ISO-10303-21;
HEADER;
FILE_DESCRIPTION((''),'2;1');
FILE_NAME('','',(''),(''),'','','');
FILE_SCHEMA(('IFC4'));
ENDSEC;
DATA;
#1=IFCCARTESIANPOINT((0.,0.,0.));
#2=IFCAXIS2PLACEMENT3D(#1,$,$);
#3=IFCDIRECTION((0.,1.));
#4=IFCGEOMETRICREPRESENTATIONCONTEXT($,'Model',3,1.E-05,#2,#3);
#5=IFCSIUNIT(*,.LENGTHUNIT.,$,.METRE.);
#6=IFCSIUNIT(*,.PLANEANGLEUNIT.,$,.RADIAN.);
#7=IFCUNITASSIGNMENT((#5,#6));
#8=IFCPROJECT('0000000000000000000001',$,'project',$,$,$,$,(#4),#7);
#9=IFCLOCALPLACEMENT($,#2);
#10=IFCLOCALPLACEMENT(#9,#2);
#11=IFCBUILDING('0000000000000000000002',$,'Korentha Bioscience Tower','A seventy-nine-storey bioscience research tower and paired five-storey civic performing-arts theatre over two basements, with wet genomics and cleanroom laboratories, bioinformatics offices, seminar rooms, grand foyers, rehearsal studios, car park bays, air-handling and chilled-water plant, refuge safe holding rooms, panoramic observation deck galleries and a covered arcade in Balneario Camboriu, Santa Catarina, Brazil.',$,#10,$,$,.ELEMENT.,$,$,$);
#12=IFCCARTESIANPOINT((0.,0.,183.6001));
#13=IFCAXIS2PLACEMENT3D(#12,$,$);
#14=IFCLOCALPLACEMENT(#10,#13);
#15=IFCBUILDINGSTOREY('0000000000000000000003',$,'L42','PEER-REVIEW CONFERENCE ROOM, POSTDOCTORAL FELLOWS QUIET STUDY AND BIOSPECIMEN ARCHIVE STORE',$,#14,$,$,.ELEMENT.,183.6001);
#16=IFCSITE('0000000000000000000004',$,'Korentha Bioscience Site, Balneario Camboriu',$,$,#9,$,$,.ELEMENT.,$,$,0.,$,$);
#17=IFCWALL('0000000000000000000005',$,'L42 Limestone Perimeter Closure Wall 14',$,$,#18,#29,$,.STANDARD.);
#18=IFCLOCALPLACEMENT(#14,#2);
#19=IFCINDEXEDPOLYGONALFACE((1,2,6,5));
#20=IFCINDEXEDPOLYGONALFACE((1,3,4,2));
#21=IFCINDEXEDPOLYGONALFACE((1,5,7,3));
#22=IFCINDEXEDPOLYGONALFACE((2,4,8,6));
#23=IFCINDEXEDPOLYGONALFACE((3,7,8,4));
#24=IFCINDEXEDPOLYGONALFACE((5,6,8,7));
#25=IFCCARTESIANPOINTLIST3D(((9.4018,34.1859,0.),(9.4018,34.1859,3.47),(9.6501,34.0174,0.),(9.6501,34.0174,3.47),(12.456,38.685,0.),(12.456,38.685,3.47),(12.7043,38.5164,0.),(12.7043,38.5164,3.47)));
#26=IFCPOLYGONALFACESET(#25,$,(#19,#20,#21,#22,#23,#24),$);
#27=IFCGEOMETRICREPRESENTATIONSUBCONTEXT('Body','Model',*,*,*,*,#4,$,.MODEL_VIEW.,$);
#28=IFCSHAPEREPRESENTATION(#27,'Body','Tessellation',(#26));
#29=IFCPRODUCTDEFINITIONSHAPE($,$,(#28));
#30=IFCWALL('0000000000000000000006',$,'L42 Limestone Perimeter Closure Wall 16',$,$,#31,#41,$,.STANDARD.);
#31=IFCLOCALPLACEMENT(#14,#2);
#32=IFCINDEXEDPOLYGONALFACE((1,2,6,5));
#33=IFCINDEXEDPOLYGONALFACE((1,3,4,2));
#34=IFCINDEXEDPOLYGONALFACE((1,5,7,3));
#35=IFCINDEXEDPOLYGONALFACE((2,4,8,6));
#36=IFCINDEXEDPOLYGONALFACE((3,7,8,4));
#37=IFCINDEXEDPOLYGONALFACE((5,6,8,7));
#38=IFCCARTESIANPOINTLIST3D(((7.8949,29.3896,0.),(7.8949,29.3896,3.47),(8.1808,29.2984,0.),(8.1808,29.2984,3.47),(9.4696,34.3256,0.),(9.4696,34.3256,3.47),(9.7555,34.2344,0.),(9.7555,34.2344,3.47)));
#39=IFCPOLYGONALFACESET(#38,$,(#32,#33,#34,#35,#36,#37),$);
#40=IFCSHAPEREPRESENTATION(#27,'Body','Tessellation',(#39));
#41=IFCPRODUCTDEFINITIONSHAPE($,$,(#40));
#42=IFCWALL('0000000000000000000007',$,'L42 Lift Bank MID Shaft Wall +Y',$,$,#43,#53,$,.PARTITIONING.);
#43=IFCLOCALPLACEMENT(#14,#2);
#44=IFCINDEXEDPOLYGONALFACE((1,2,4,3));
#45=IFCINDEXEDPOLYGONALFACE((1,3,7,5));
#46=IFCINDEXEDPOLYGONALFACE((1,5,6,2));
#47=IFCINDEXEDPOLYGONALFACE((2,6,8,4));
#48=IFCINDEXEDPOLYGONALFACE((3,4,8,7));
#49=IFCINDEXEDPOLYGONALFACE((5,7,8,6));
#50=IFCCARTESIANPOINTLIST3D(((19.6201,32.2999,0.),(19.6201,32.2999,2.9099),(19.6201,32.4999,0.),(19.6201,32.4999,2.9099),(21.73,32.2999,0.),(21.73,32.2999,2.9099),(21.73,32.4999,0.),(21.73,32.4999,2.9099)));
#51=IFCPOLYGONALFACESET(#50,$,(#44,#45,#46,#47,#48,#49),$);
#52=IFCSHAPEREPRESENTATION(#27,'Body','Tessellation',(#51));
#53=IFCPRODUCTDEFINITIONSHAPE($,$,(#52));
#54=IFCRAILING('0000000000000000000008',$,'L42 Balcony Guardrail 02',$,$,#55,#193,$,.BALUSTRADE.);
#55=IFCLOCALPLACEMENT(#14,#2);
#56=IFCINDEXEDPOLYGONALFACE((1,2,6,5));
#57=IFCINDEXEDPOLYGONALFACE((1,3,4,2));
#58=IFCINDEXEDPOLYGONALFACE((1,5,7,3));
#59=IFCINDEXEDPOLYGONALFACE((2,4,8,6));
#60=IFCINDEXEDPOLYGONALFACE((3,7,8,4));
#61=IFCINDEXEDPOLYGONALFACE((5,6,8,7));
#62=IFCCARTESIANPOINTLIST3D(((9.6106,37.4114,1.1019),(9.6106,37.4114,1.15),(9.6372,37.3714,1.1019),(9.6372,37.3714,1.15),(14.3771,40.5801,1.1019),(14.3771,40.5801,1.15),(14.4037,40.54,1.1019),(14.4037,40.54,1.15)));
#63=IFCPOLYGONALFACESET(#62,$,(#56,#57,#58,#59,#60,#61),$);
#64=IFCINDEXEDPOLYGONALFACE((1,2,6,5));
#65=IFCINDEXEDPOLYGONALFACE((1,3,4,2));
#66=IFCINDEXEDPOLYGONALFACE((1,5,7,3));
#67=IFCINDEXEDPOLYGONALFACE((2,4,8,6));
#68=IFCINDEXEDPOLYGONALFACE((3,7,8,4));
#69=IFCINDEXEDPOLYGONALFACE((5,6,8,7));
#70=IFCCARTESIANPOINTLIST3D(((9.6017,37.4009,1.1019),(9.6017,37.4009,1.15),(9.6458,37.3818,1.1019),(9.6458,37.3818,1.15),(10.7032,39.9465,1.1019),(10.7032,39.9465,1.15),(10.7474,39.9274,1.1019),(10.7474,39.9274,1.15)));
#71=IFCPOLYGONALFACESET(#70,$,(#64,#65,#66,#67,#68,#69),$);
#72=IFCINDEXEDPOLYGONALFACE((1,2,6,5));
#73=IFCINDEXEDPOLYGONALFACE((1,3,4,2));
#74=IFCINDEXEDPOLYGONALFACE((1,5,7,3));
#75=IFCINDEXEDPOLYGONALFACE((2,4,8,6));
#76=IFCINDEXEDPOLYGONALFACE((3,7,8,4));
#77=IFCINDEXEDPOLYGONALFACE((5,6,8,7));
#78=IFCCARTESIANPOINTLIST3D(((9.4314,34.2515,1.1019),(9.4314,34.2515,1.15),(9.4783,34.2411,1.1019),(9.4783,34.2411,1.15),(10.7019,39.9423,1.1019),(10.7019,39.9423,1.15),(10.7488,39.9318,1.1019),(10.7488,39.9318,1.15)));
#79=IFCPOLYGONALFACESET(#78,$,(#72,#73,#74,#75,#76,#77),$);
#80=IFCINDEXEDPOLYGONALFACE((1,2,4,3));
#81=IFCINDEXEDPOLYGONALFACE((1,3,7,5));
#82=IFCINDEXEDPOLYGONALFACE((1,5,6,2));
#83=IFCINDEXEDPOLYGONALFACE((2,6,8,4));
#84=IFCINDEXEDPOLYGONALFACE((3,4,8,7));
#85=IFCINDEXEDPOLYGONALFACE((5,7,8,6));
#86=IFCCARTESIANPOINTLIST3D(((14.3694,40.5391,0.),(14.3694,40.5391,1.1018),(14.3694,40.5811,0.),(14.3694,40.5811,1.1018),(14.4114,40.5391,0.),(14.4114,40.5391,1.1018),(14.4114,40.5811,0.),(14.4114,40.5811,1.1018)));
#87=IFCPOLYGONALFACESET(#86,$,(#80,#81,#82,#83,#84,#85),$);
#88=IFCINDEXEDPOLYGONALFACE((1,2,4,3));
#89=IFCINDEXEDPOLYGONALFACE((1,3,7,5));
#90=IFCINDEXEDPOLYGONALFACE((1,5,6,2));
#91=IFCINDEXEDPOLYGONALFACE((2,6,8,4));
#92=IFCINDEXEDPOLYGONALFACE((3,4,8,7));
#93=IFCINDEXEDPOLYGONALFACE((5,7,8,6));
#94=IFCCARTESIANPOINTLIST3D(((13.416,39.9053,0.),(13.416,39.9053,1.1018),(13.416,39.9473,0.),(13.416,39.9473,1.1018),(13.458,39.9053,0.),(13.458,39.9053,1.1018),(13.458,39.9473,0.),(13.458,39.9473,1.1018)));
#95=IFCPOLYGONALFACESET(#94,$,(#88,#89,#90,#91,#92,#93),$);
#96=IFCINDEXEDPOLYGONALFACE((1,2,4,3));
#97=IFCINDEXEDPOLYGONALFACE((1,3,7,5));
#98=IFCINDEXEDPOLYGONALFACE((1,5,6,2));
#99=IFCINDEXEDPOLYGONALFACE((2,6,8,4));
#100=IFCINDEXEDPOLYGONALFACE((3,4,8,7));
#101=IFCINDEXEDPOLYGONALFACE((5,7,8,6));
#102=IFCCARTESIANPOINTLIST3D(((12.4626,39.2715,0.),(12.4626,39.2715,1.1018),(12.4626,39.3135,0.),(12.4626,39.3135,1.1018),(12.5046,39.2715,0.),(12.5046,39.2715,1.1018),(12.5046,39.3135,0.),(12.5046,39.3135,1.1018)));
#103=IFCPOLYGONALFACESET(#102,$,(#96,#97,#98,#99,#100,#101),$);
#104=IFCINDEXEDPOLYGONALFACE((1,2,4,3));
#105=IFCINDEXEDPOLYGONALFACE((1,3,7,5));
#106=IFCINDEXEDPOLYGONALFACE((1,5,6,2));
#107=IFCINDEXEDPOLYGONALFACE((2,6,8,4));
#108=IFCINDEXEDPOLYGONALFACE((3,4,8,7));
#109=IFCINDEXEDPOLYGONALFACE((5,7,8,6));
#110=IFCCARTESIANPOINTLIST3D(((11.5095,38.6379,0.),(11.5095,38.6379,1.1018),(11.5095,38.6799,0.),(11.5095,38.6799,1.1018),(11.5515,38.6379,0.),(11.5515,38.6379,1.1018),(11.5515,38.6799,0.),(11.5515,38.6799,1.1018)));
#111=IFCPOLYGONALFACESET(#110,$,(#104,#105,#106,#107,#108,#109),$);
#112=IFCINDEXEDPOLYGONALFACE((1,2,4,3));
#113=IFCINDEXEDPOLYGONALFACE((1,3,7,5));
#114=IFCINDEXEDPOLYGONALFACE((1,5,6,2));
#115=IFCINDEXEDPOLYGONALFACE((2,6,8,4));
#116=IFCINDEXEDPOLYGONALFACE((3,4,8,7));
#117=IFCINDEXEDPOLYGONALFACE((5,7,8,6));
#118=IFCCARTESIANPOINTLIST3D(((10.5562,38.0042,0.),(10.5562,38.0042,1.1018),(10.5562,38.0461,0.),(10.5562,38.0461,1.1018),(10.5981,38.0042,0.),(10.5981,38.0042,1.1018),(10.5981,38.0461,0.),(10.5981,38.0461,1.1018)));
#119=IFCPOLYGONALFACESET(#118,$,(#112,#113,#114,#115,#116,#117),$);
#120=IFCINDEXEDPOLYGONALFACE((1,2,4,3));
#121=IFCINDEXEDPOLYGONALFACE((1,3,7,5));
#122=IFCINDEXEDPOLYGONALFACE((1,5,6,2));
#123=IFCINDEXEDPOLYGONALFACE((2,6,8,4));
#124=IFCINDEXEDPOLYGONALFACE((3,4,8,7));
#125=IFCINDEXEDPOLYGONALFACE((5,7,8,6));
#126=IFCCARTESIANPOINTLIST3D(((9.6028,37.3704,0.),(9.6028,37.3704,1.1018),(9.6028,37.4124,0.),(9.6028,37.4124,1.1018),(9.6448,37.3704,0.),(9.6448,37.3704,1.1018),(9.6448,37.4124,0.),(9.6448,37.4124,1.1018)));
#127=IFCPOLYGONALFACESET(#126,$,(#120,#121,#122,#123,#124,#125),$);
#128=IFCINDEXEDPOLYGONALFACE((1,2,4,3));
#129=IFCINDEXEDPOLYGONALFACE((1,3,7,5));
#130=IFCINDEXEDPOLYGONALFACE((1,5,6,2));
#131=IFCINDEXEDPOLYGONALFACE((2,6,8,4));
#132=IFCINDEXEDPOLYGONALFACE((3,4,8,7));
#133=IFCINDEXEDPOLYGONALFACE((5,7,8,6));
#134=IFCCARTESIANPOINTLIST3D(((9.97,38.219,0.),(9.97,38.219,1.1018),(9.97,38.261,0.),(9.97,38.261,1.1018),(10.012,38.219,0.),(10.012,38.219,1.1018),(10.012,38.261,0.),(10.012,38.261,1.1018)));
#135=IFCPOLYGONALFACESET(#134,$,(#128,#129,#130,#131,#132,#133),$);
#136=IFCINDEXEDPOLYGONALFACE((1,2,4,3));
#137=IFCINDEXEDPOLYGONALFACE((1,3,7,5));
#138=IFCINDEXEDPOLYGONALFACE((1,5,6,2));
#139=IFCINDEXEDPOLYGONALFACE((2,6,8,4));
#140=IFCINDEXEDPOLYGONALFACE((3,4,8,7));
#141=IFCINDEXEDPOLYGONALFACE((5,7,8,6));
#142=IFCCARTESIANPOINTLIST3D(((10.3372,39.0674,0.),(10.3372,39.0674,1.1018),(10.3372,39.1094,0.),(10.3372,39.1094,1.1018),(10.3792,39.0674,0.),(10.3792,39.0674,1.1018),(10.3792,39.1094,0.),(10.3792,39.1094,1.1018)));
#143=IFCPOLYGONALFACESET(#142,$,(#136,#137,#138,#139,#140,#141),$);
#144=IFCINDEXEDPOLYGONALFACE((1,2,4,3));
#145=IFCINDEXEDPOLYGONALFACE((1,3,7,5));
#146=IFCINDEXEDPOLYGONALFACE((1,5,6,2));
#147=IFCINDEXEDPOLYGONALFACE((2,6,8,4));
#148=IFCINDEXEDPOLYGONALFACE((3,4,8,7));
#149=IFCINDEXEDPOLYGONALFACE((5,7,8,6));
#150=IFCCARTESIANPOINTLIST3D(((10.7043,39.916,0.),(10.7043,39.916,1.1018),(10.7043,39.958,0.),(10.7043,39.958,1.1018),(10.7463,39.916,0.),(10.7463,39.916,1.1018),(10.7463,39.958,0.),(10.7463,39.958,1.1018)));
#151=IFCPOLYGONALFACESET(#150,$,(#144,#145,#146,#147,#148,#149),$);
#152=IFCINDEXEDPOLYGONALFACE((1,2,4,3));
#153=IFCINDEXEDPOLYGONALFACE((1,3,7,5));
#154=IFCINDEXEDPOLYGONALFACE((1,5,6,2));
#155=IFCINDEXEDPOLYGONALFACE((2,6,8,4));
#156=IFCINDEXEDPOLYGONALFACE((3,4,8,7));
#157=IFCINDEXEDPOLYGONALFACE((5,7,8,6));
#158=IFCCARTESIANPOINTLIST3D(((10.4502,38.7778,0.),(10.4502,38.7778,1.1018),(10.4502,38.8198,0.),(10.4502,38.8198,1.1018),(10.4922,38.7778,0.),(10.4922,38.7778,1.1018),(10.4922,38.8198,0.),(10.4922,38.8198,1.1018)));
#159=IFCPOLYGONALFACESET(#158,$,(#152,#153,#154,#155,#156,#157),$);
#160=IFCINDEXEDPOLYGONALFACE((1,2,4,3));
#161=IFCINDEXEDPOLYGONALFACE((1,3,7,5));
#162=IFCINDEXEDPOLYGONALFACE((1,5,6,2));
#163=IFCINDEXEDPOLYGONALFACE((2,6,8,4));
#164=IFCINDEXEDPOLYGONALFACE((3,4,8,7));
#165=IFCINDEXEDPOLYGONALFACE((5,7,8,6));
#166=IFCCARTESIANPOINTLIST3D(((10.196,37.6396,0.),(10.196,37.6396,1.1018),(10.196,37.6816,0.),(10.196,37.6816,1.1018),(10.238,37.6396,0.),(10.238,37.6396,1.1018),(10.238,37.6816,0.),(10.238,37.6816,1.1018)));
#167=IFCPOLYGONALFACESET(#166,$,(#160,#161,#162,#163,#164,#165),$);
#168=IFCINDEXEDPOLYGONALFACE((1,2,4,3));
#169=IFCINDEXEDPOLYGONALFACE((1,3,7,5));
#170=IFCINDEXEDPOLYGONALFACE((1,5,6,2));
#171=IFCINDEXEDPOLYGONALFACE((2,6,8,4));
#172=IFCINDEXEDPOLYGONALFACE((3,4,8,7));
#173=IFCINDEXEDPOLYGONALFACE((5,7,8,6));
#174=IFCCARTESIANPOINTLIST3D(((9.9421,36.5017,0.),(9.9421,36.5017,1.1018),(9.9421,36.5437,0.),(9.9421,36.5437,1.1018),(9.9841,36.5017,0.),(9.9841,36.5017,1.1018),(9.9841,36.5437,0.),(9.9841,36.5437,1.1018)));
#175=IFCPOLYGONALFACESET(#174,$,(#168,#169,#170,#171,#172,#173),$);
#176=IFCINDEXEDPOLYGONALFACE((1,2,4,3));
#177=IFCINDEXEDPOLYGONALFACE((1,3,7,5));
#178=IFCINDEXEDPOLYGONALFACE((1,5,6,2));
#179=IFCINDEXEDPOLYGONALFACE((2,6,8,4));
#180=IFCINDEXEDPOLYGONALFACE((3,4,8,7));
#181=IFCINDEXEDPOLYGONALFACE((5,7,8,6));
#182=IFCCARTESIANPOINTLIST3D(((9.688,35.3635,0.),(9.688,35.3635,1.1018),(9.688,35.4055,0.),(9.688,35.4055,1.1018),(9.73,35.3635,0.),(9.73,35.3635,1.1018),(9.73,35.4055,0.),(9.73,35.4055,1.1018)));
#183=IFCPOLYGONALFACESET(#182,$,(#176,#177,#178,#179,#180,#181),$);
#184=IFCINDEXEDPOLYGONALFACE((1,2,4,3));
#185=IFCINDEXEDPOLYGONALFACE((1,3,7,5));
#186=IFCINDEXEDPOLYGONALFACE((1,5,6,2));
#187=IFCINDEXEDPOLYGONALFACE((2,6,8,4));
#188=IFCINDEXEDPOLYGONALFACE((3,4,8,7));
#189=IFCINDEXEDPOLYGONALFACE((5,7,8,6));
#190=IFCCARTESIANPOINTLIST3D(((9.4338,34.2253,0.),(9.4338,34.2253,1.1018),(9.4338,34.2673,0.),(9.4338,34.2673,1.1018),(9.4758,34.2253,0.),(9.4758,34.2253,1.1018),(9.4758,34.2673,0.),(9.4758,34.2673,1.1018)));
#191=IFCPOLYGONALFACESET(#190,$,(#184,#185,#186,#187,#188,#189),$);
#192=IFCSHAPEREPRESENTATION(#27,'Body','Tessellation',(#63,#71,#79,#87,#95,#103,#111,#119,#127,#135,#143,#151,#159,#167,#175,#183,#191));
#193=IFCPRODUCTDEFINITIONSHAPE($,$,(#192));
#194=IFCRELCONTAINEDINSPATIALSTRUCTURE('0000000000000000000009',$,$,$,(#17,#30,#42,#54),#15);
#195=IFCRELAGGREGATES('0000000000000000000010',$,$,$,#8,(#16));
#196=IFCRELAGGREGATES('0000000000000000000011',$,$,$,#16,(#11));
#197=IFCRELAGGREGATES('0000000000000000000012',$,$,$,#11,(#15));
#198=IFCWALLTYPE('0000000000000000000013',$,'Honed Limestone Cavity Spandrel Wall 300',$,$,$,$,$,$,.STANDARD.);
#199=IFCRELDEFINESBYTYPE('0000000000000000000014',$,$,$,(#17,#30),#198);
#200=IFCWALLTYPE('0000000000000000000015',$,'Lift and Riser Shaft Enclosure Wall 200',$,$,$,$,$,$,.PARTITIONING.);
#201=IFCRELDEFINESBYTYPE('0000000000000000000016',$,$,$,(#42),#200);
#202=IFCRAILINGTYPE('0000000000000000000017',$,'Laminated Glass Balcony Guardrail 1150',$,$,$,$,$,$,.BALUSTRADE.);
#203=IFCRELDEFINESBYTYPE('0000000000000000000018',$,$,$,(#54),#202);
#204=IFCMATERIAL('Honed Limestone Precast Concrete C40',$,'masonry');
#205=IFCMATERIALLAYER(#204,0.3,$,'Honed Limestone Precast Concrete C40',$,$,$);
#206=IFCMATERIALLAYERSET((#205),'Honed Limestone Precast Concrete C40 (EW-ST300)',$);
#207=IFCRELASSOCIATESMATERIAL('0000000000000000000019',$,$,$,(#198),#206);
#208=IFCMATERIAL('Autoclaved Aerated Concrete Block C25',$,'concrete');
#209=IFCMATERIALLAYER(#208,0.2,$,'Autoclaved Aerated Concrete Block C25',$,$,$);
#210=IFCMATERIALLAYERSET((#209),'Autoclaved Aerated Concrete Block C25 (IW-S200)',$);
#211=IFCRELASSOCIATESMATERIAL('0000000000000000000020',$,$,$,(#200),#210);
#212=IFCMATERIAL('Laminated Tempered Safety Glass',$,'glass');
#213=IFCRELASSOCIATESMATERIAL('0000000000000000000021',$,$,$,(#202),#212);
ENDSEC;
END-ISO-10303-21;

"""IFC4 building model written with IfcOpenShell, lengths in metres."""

from ifc_helpers import new_model, si_unit, direction, frame, frame_2d, origin, origin_2d, place, context, subcontext, project, spatial, rectangle, extrude, material, layer, layer_set, type_object, element, save


model = new_model("IFC4")

# Units and contexts
model_context = context("Model", 3, precision=1e-05, world=origin(), true_north=direction((0.0, 1.0)))
body_context = subcontext(model_context, "Body", "Model", "MODEL_VIEW")
ifc_project = project(units=[si_unit("LENGTHUNIT", "METRE"), si_unit("PLANEANGLEUNIT", "RADIAN")], contexts=[model_context])

# Site, building, storey
site_placement = place(None, origin())
site = spatial("IfcSite", under=ifc_project, at=site_placement, Name="Korentha Bioscience Site, Balneario Camboriu", CompositionType="ELEMENT", RefElevation=0.0)
building_placement = place(site_placement, origin())
building = spatial("IfcBuilding", under=site, at=building_placement, Name="Korentha Bioscience Tower", Description="A seventy-nine-storey bioscience research tower and paired five-storey civic performing-arts theatre over two basements, with wet genomics and cleanroom laboratories, bioinformatics offices, seminar rooms, grand foyers, rehearsal studios, car park bays, air-handling and chilled-water plant, refuge safe holding rooms, panoramic observation deck galleries and a covered arcade in Balneario Camboriu, Santa Catarina, Brazil.", CompositionType="ELEMENT")
storey_placement = place(building_placement, frame((0.0, 0.0, 183.6001)))
storey = spatial("IfcBuildingStorey", under=building, at=storey_placement, Name="L42", Description="PEER-REVIEW CONFERENCE ROOM, POSTDOCTORAL FELLOWS QUIET STUDY AND BIOSPECIMEN ARCHIVE STORE", CompositionType="ELEMENT", Elevation=183.6001)

# Shared definitions
ifc_material_1 = material(Name="Honed Limestone Precast Concrete C40", Category="masonry")
ifc_layer_1 = layer(ifc_material_1, 0.3, Name="Honed Limestone Precast Concrete C40")
ifc_layer_set_1 = layer_set([ifc_layer_1], Name="Honed Limestone Precast Concrete C40 (EW-ST300)")
wall_type_1 = type_object("IfcWallType", Name="Honed Limestone Cavity Spandrel Wall 300", PredefinedType="STANDARD", material=ifc_layer_set_1)

# Walls
wall_1_placement = place(storey_placement, frame((12.5801, 38.6006, 0.0), z_axis=(0.0, 0.0, 1.0), x_axis=(-0.561664, -0.827365, 0.0)))
element("IfcWall", 1, at=wall_1_placement, inside=storey, type_object=wall_type_1, Name="L42 Limestone Perimeter Closure Wall 14", PredefinedType="STANDARD", context=body_context, shape_type="SweptSolid", body=[
    extrude(rectangle(XDim=5.4377, YDim=0.3, at=frame_2d((2.7188, 0.0))), origin(), (0.0, 0.0, 1.0), 3.47),
])
wall_2_placement = place(storey_placement, frame((9.6125, 34.28, 0.0), z_axis=(0.0, 0.0, 1.0), x_axis=(-0.303931, -0.952694, 0.0)))
element("IfcWall", 2, at=wall_2_placement, inside=storey, type_object=wall_type_1, Name="L42 Limestone Perimeter Closure Wall 16", PredefinedType="STANDARD", context=body_context, shape_type="SweptSolid", body=[
    extrude(rectangle(XDim=5.1812, YDim=0.3, at=frame_2d((2.5906, 0.0))), origin(), (0.0, 0.0, 1.0), 3.47),
])
ifc_material_2 = material(Name="Autoclaved Aerated Concrete Block C25", Category="concrete")
ifc_layer_2 = layer(ifc_material_2, 0.2, Name="Autoclaved Aerated Concrete Block C25")
ifc_layer_set_2 = layer_set([ifc_layer_2], Name="Autoclaved Aerated Concrete Block C25 (IW-S200)")
wall_type_2 = type_object("IfcWallType", Name="Lift and Riser Shaft Enclosure Wall 200", PredefinedType="PARTITIONING", material=ifc_layer_set_2)
wall_3_placement = place(storey_placement, frame((19.6201, 32.3999, 0.0), z_axis=(0.0, 0.0, 1.0), x_axis=(1.0, 0.0, 0.0)))
element("IfcWall", 3, at=wall_3_placement, inside=storey, type_object=wall_type_2, Name="L42 Lift Bank MID Shaft Wall +Y", PredefinedType="PARTITIONING", context=body_context, shape_type="SweptSolid", body=[
    extrude(rectangle(XDim=2.1099, YDim=0.2, at=frame_2d((1.0549, 0.0))), origin(), (0.0, 0.0, 1.0), 2.9099),
])

# Railing
ifc_material_3 = material(Name="Laminated Tempered Safety Glass", Category="glass")
railing_type = type_object("IfcRailingType", Name="Laminated Glass Balcony Guardrail 1150", PredefinedType="BALUSTRADE", material=ifc_material_3)
railing_placement = place(storey_placement, frame((14.3904, 40.5601, 0.0)))
element("IfcRailing", 4, at=railing_placement, inside=storey, type_object=railing_type, Name="L42 Balcony Guardrail 02", PredefinedType="BALUSTRADE", context=body_context, shape_type="SweptSolid", body=[
    extrude(rectangle(XDim=0.0481, YDim=0.0481, at=origin_2d()), frame((0.0, 0.0, 1.126), z_axis=(-0.832778, -0.553607, 0.0), x_axis=(0.553607, -0.832778, 0.0)), (0.0, 0.0, 1.0), 5.7236),
    extrude(rectangle(XDim=0.0481, YDim=0.0481, at=origin_2d()), frame((-4.7666, -3.1687, 1.126), z_axis=(0.397136, 0.91776, 0.0), x_axis=(-0.91776, 0.397136, 0.0)), (0.0, 0.0, 1.0), 2.7737),
    extrude(rectangle(XDim=0.0481, YDim=0.0481, at=origin_2d()), frame((-3.665, -0.623, 1.126), z_axis=(-0.217897, -0.975972, 0.0), x_axis=(0.975972, -0.217897, 0.0)), (0.0, 0.0, 1.0), 5.8308),
    extrude(rectangle(XDim=0.042, YDim=0.042, at=origin_2d()), origin(), (0.0, 0.0, 1.0), 1.1018),
    extrude(rectangle(XDim=0.042, YDim=0.042, at=origin_2d()), frame((-0.9534, -0.6338, 0.0)), (0.0, 0.0, 1.0), 1.1018),
    extrude(rectangle(XDim=0.042, YDim=0.042, at=origin_2d()), frame((-1.9067, -1.2676, 0.0)), (0.0, 0.0, 1.0), 1.1018),
    extrude(rectangle(XDim=0.042, YDim=0.042, at=origin_2d()), frame((-2.8599, -1.9011, 0.0)), (0.0, 0.0, 1.0), 1.1018),
    extrude(rectangle(XDim=0.042, YDim=0.042, at=origin_2d()), frame((-3.8132, -2.5349, 0.0)), (0.0, 0.0, 1.0), 1.1018),
    extrude(rectangle(XDim=0.042, YDim=0.042, at=origin_2d()), frame((-4.7666, -3.1687, 0.0)), (0.0, 0.0, 1.0), 1.1018),
    extrude(rectangle(XDim=0.042, YDim=0.042, at=origin_2d()), frame((-4.3994, -2.3201, 0.0)), (0.0, 0.0, 1.0), 1.1018),
    extrude(rectangle(XDim=0.042, YDim=0.042, at=origin_2d()), frame((-4.0322, -1.4717, 0.0)), (0.0, 0.0, 1.0), 1.1018),
    extrude(rectangle(XDim=0.042, YDim=0.042, at=origin_2d()), frame((-3.665, -0.623, 0.0)), (0.0, 0.0, 1.0), 1.1018),
    extrude(rectangle(XDim=0.042, YDim=0.042, at=origin_2d()), frame((-3.9192, -1.7612, 0.0)), (0.0, 0.0, 1.0), 1.1018),
    extrude(rectangle(XDim=0.042, YDim=0.042, at=origin_2d()), frame((-4.1733, -2.8994, 0.0)), (0.0, 0.0, 1.0), 1.1018),
    extrude(rectangle(XDim=0.042, YDim=0.042, at=origin_2d()), frame((-4.4272, -4.0374, 0.0)), (0.0, 0.0, 1.0), 1.1018),
    extrude(rectangle(XDim=0.042, YDim=0.042, at=origin_2d()), frame((-4.6814, -5.1755, 0.0)), (0.0, 0.0, 1.0), 1.1018),
    extrude(rectangle(XDim=0.042, YDim=0.042, at=origin_2d()), frame((-4.9355, -6.3137, 0.0)), (0.0, 0.0, 1.0), 1.1018),
])

save(model, "model.ifc")
